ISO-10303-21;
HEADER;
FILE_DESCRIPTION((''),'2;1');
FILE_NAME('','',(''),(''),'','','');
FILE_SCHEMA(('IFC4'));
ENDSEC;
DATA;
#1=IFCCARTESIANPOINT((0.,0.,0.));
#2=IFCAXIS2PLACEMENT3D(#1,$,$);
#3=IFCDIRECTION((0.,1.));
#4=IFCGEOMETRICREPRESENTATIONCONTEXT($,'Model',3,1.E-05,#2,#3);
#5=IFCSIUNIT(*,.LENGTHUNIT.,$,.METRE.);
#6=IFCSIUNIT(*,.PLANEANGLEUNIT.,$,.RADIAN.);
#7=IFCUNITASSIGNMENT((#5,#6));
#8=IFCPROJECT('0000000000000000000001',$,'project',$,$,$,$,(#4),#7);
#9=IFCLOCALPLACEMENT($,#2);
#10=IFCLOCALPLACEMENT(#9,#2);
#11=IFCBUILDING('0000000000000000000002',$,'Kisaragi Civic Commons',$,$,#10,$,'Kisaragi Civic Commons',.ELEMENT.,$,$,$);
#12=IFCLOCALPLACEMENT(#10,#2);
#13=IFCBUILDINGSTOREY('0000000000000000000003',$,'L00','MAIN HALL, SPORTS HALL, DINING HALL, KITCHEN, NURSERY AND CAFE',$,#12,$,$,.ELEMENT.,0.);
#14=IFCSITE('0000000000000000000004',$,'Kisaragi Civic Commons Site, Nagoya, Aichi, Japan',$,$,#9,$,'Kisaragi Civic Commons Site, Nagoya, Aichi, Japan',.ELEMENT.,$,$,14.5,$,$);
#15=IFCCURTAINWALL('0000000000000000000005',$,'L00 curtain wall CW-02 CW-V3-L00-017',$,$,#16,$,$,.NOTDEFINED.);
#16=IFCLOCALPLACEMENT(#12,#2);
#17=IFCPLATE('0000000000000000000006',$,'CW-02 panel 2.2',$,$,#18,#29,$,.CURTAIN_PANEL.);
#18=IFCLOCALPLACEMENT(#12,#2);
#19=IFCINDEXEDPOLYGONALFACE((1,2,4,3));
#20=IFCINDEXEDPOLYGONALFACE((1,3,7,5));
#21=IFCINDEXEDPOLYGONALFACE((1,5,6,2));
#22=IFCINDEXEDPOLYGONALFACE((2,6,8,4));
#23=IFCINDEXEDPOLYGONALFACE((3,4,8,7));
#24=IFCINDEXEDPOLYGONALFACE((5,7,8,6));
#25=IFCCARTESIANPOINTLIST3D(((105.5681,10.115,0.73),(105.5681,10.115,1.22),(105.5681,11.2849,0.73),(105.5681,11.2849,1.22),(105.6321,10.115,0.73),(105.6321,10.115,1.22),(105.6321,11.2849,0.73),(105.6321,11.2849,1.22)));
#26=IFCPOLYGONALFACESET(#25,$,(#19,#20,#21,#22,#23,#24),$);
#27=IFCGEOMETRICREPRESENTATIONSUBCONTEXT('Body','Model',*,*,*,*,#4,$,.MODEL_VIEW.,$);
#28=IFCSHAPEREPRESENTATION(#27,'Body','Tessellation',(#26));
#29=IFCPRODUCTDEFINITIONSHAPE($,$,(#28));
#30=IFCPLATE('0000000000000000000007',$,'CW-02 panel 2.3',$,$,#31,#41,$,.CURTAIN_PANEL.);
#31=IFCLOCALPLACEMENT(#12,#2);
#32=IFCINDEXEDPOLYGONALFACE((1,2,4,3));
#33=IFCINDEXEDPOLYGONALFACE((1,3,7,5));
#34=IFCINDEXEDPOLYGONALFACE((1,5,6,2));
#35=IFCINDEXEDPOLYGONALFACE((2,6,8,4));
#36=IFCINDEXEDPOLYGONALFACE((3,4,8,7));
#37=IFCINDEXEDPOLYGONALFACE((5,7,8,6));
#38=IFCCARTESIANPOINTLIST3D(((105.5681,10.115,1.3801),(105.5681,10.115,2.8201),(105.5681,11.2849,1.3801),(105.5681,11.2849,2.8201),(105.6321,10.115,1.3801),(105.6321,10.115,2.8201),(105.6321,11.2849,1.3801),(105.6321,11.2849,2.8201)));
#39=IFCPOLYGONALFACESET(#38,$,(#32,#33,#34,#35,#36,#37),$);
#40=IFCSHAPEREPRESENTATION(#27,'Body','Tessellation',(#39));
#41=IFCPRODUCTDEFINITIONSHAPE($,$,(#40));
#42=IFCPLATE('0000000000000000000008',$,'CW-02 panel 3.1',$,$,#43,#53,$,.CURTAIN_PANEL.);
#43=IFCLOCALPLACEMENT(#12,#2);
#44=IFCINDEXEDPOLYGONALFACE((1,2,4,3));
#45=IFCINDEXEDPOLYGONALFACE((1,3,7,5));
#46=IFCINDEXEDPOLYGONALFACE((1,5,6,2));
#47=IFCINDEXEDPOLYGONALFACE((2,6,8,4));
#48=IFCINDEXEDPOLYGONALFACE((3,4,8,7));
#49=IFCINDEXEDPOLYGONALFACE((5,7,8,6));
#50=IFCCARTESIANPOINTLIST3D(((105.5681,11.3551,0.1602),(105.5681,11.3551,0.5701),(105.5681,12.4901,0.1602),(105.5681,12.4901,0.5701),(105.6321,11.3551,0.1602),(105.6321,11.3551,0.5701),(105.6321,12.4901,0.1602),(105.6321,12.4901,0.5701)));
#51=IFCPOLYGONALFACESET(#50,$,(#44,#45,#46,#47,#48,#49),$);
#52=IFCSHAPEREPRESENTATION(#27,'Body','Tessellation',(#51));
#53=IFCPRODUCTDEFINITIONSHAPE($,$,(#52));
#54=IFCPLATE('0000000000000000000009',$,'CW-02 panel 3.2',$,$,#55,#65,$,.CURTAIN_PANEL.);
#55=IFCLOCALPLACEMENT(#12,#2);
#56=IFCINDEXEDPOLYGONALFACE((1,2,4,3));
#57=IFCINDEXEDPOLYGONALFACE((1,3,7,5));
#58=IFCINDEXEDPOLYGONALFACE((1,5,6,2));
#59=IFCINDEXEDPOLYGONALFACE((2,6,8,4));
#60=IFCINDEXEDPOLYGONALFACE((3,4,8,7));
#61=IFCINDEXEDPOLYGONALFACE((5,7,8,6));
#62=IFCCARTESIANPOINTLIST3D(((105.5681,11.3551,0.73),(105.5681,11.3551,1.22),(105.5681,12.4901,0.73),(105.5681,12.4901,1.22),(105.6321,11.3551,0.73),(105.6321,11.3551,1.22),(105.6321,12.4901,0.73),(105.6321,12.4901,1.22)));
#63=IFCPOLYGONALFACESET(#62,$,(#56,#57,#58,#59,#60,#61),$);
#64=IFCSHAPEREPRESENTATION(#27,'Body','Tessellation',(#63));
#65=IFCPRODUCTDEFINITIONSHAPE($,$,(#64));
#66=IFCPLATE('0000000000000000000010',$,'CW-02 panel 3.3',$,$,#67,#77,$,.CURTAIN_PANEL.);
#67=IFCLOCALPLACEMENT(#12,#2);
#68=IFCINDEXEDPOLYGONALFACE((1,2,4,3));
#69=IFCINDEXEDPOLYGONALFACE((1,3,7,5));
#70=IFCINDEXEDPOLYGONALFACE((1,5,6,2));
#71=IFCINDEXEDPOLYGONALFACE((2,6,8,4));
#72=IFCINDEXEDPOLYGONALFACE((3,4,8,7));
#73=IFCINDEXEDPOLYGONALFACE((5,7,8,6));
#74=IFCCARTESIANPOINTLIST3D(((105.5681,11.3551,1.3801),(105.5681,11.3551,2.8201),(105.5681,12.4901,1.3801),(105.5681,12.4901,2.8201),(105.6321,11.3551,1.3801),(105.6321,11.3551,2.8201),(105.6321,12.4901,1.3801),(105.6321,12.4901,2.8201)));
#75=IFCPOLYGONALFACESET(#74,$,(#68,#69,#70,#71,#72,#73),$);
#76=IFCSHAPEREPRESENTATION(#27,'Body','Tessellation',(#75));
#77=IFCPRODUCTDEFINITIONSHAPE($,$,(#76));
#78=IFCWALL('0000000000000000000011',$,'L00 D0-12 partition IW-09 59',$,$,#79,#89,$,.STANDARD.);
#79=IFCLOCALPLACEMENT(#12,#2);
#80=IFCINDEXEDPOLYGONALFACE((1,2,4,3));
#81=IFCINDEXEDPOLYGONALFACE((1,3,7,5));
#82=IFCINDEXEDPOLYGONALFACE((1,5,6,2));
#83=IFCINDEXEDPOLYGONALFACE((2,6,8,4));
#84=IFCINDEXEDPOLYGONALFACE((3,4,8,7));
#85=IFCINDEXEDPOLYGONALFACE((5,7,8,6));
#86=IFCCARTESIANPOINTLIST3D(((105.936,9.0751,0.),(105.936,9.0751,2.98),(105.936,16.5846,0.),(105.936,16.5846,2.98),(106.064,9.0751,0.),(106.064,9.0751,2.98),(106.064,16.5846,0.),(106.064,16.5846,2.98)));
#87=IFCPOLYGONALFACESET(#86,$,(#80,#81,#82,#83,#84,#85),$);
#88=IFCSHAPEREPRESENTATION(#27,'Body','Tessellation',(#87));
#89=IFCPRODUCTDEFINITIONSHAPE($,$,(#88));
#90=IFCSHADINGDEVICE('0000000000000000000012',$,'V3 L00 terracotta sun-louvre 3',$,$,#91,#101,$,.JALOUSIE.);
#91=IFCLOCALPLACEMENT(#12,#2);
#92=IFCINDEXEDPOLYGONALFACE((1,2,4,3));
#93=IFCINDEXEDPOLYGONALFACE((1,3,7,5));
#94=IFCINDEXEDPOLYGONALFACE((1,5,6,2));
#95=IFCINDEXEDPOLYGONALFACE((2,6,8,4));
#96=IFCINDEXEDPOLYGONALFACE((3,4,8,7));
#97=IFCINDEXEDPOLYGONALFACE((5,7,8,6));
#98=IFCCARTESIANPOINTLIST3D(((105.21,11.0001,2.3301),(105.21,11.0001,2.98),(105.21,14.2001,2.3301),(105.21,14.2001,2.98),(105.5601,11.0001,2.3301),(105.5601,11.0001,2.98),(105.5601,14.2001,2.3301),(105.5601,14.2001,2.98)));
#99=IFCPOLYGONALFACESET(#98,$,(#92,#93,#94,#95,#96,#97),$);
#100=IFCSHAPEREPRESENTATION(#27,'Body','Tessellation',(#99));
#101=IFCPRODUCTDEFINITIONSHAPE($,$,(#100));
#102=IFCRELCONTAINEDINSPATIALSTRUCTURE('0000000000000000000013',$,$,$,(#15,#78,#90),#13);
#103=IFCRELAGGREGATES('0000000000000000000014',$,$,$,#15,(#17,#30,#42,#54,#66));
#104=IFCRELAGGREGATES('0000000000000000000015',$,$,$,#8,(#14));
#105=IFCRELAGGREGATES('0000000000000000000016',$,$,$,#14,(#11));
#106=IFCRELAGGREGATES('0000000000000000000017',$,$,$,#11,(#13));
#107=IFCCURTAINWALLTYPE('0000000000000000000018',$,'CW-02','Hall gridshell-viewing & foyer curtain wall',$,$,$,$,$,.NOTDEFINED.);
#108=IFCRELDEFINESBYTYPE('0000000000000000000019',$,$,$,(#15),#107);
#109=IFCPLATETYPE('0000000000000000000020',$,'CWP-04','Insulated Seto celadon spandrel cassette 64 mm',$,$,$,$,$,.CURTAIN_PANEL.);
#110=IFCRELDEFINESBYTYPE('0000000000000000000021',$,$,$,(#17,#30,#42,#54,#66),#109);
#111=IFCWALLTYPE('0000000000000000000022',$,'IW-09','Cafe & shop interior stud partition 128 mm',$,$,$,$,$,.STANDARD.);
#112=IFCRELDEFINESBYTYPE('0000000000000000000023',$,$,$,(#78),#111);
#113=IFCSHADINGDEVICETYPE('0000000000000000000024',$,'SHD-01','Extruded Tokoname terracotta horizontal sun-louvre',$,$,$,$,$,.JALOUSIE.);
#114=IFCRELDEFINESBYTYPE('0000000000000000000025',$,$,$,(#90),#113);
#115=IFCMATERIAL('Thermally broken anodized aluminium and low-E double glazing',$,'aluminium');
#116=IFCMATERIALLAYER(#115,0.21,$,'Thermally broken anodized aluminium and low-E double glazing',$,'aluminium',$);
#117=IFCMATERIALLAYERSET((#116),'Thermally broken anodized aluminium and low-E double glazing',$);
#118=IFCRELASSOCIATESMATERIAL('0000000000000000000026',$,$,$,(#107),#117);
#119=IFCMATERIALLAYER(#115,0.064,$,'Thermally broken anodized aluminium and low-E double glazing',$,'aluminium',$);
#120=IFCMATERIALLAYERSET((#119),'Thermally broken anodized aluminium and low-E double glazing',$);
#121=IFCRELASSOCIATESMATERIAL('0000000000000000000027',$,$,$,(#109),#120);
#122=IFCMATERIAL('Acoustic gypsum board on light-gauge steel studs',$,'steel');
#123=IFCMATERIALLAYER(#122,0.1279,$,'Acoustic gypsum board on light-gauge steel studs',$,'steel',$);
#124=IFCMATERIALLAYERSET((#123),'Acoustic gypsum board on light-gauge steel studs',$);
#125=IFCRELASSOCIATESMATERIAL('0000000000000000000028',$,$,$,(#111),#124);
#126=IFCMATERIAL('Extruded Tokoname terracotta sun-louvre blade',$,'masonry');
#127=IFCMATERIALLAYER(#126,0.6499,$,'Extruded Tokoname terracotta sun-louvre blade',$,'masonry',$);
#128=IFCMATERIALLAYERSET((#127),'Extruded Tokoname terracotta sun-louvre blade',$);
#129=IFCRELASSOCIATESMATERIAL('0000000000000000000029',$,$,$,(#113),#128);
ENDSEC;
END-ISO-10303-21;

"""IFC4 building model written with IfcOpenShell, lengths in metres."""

from ifc_helpers import new_model, si_unit, direction, frame, frame_2d, origin, origin_2d, place, context, subcontext, project, spatial, rectangle, extrude, material, layer, layer_set, type_object, element, aggregate, save


model = new_model("IFC4")

# Units and contexts
model_context = context("Model", 3, precision=1e-05, world=origin(), true_north=direction((0.0, 1.0)))
body_context = subcontext(model_context, "Body", "Model", "MODEL_VIEW")
ifc_project = project(units=[si_unit("LENGTHUNIT", "METRE"), si_unit("PLANEANGLEUNIT", "RADIAN")], contexts=[model_context])

# Site, building, storey
site_placement = place(None, origin())
site = spatial("IfcSite", under=ifc_project, at=site_placement, Name="Kisaragi Civic Commons Site, Nagoya, Aichi, Japan", LongName="Kisaragi Civic Commons Site, Nagoya, Aichi, Japan", CompositionType="ELEMENT", RefElevation=14.5)
building_placement = place(site_placement, origin())
building = spatial("IfcBuilding", under=site, at=building_placement, Name="Kisaragi Civic Commons", LongName="Kisaragi Civic Commons", CompositionType="ELEMENT")
storey_placement = place(building_placement, origin())
storey = spatial("IfcBuildingStorey", under=building, at=storey_placement, Name="L00", Description="MAIN HALL, SPORTS HALL, DINING HALL, KITCHEN, NURSERY AND CAFE", CompositionType="ELEMENT", Elevation=0.0)

# Curtain wall
ifc_material_1 = material(Name="Thermally broken anodized aluminium and low-E double glazing", Category="aluminium")
ifc_layer_1 = layer(ifc_material_1, 0.21, Name="Thermally broken anodized aluminium and low-E double glazing", Category="aluminium")
ifc_layer_set_1 = layer_set([ifc_layer_1], Name="Thermally broken anodized aluminium and low-E double glazing")
curtain_wall_type = type_object("IfcCurtainWallType", Name="CW-02", Description="Hall gridshell-viewing & foyer curtain wall", PredefinedType="NOTDEFINED", material=ifc_layer_set_1)
curtain_wall_1_placement = place(storey_placement, origin())
curtain_wall_1 = element("IfcCurtainWall", 1, at=curtain_wall_1_placement, inside=storey, type_object=curtain_wall_type, Name="L00 curtain wall CW-02 CW-V3-L00-017", PredefinedType="NOTDEFINED")

# Plates
ifc_layer_2 = layer(ifc_material_1, 0.064, Name="Thermally broken anodized aluminium and low-E double glazing", Category="aluminium")
ifc_layer_set_2 = layer_set([ifc_layer_2], Name="Thermally broken anodized aluminium and low-E double glazing")
plate_type = type_object("IfcPlateType", Name="CWP-04", Description="Insulated Seto celadon spandrel cassette 64 mm", PredefinedType="CURTAIN_PANEL", material=ifc_layer_set_2)
plate_1_placement = place(storey_placement, frame((105.6001, 10.7, 0.73), z_axis=(0.0, 0.0, 1.0), x_axis=(0.0, 1.0, 0.0)))
plate_1 = element("IfcPlate", 2, at=plate_1_placement, type_object=plate_type, Name="CW-02 panel 2.2", PredefinedType="CURTAIN_PANEL", context=body_context, shape_type="SweptSolid", body=[
    extrude(rectangle(XDim=1.1699, YDim=0.064, at=origin_2d()), origin(), (0.0, 0.0, 1.0), 0.49),
])
plate_2_placement = place(storey_placement, frame((105.6001, 10.7, 1.3801), z_axis=(0.0, 0.0, 1.0), x_axis=(0.0, 1.0, 0.0)))
plate_2 = element("IfcPlate", 3, at=plate_2_placement, type_object=plate_type, Name="CW-02 panel 2.3", PredefinedType="CURTAIN_PANEL", context=body_context, shape_type="SweptSolid", body=[
    extrude(rectangle(XDim=1.1699, YDim=0.064, at=origin_2d()), origin(), (0.0, 0.0, 1.0), 1.4399),
])
plate_3_placement = place(storey_placement, frame((105.6001, 11.9226, 0.1602), z_axis=(0.0, 0.0, 1.0), x_axis=(0.0, 1.0, 0.0)))
plate_3 = element("IfcPlate", 4, at=plate_3_placement, type_object=plate_type, Name="CW-02 panel 3.1", PredefinedType="CURTAIN_PANEL", context=body_context, shape_type="SweptSolid", body=[
    extrude(rectangle(XDim=1.135, YDim=0.064, at=origin_2d()), origin(), (0.0, 0.0, 1.0), 0.4099),
])
plate_4_placement = place(storey_placement, frame((105.6001, 11.9226, 0.73), z_axis=(0.0, 0.0, 1.0), x_axis=(0.0, 1.0, 0.0)))
plate_4 = element("IfcPlate", 5, at=plate_4_placement, type_object=plate_type, Name="CW-02 panel 3.2", PredefinedType="CURTAIN_PANEL", context=body_context, shape_type="SweptSolid", body=[
    extrude(rectangle(XDim=1.135, YDim=0.064, at=origin_2d()), origin(), (0.0, 0.0, 1.0), 0.49),
])
plate_5_placement = place(storey_placement, frame((105.6001, 11.9226, 1.3801), z_axis=(0.0, 0.0, 1.0), x_axis=(0.0, 1.0, 0.0)))
plate_5 = element("IfcPlate", 6, at=plate_5_placement, type_object=plate_type, Name="CW-02 panel 3.3", PredefinedType="CURTAIN_PANEL", context=body_context, shape_type="SweptSolid", body=[
    extrude(rectangle(XDim=1.135, YDim=0.064, at=origin_2d()), origin(), (0.0, 0.0, 1.0), 1.4399),
])
aggregate(curtain_wall_1, [plate_1, plate_2, plate_3, plate_4, plate_5])

# Wall
ifc_material_2 = material(Name="Acoustic gypsum board on light-gauge steel studs", Category="steel")
ifc_layer_3 = layer(ifc_material_2, 0.1279, Name="Acoustic gypsum board on light-gauge steel studs", Category="steel")
ifc_layer_set_3 = layer_set([ifc_layer_3], Name="Acoustic gypsum board on light-gauge steel studs")
wall_type = type_object("IfcWallType", Name="IW-09", Description="Cafe & shop interior stud partition 128 mm", PredefinedType="STANDARD", material=ifc_layer_set_3)
wall_placement = place(storey_placement, frame((106.0, 9.075, 0.0), z_axis=(0.0, 0.0, 1.0), x_axis=(0.0, 1.0, 0.0)))
element("IfcWall", 7, at=wall_placement, inside=storey, type_object=wall_type, Name="L00 D0-12 partition IW-09 59", PredefinedType="STANDARD", context=body_context, shape_type="SweptSolid", body=[
    extrude(rectangle(XDim=7.5095, YDim=0.1279, at=frame_2d((3.7549, 0.0))), origin(), (0.0, 0.0, 1.0), 2.98),
])

# Shading device
ifc_material_3 = material(Name="Extruded Tokoname terracotta sun-louvre blade", Category="masonry")
ifc_layer_4 = layer(ifc_material_3, 0.6499, Name="Extruded Tokoname terracotta sun-louvre blade", Category="masonry")
ifc_layer_set_4 = layer_set([ifc_layer_4], Name="Extruded Tokoname terracotta sun-louvre blade")
shading_device_type = type_object("IfcShadingDeviceType", Name="SHD-01", Description="Extruded Tokoname terracotta horizontal sun-louvre", PredefinedType="JALOUSIE", material=ifc_layer_set_4)
shading_device_placement = place(storey_placement, frame((105.385, 12.6001, 2.3301), z_axis=(0.0, 0.0, 1.0), x_axis=(0.0, 1.0, 0.0)))
element("IfcShadingDevice", 8, at=shading_device_placement, inside=storey, type_object=shading_device_type, Name="V3 L00 terracotta sun-louvre 3", PredefinedType="JALOUSIE", context=body_context, shape_type="SweptSolid", body=[
    extrude(rectangle(XDim=3.2, YDim=0.3501, at=origin_2d()), origin(), (0.0, 0.0, 1.0), 0.6499),
])

save(model, "model.ifc")
